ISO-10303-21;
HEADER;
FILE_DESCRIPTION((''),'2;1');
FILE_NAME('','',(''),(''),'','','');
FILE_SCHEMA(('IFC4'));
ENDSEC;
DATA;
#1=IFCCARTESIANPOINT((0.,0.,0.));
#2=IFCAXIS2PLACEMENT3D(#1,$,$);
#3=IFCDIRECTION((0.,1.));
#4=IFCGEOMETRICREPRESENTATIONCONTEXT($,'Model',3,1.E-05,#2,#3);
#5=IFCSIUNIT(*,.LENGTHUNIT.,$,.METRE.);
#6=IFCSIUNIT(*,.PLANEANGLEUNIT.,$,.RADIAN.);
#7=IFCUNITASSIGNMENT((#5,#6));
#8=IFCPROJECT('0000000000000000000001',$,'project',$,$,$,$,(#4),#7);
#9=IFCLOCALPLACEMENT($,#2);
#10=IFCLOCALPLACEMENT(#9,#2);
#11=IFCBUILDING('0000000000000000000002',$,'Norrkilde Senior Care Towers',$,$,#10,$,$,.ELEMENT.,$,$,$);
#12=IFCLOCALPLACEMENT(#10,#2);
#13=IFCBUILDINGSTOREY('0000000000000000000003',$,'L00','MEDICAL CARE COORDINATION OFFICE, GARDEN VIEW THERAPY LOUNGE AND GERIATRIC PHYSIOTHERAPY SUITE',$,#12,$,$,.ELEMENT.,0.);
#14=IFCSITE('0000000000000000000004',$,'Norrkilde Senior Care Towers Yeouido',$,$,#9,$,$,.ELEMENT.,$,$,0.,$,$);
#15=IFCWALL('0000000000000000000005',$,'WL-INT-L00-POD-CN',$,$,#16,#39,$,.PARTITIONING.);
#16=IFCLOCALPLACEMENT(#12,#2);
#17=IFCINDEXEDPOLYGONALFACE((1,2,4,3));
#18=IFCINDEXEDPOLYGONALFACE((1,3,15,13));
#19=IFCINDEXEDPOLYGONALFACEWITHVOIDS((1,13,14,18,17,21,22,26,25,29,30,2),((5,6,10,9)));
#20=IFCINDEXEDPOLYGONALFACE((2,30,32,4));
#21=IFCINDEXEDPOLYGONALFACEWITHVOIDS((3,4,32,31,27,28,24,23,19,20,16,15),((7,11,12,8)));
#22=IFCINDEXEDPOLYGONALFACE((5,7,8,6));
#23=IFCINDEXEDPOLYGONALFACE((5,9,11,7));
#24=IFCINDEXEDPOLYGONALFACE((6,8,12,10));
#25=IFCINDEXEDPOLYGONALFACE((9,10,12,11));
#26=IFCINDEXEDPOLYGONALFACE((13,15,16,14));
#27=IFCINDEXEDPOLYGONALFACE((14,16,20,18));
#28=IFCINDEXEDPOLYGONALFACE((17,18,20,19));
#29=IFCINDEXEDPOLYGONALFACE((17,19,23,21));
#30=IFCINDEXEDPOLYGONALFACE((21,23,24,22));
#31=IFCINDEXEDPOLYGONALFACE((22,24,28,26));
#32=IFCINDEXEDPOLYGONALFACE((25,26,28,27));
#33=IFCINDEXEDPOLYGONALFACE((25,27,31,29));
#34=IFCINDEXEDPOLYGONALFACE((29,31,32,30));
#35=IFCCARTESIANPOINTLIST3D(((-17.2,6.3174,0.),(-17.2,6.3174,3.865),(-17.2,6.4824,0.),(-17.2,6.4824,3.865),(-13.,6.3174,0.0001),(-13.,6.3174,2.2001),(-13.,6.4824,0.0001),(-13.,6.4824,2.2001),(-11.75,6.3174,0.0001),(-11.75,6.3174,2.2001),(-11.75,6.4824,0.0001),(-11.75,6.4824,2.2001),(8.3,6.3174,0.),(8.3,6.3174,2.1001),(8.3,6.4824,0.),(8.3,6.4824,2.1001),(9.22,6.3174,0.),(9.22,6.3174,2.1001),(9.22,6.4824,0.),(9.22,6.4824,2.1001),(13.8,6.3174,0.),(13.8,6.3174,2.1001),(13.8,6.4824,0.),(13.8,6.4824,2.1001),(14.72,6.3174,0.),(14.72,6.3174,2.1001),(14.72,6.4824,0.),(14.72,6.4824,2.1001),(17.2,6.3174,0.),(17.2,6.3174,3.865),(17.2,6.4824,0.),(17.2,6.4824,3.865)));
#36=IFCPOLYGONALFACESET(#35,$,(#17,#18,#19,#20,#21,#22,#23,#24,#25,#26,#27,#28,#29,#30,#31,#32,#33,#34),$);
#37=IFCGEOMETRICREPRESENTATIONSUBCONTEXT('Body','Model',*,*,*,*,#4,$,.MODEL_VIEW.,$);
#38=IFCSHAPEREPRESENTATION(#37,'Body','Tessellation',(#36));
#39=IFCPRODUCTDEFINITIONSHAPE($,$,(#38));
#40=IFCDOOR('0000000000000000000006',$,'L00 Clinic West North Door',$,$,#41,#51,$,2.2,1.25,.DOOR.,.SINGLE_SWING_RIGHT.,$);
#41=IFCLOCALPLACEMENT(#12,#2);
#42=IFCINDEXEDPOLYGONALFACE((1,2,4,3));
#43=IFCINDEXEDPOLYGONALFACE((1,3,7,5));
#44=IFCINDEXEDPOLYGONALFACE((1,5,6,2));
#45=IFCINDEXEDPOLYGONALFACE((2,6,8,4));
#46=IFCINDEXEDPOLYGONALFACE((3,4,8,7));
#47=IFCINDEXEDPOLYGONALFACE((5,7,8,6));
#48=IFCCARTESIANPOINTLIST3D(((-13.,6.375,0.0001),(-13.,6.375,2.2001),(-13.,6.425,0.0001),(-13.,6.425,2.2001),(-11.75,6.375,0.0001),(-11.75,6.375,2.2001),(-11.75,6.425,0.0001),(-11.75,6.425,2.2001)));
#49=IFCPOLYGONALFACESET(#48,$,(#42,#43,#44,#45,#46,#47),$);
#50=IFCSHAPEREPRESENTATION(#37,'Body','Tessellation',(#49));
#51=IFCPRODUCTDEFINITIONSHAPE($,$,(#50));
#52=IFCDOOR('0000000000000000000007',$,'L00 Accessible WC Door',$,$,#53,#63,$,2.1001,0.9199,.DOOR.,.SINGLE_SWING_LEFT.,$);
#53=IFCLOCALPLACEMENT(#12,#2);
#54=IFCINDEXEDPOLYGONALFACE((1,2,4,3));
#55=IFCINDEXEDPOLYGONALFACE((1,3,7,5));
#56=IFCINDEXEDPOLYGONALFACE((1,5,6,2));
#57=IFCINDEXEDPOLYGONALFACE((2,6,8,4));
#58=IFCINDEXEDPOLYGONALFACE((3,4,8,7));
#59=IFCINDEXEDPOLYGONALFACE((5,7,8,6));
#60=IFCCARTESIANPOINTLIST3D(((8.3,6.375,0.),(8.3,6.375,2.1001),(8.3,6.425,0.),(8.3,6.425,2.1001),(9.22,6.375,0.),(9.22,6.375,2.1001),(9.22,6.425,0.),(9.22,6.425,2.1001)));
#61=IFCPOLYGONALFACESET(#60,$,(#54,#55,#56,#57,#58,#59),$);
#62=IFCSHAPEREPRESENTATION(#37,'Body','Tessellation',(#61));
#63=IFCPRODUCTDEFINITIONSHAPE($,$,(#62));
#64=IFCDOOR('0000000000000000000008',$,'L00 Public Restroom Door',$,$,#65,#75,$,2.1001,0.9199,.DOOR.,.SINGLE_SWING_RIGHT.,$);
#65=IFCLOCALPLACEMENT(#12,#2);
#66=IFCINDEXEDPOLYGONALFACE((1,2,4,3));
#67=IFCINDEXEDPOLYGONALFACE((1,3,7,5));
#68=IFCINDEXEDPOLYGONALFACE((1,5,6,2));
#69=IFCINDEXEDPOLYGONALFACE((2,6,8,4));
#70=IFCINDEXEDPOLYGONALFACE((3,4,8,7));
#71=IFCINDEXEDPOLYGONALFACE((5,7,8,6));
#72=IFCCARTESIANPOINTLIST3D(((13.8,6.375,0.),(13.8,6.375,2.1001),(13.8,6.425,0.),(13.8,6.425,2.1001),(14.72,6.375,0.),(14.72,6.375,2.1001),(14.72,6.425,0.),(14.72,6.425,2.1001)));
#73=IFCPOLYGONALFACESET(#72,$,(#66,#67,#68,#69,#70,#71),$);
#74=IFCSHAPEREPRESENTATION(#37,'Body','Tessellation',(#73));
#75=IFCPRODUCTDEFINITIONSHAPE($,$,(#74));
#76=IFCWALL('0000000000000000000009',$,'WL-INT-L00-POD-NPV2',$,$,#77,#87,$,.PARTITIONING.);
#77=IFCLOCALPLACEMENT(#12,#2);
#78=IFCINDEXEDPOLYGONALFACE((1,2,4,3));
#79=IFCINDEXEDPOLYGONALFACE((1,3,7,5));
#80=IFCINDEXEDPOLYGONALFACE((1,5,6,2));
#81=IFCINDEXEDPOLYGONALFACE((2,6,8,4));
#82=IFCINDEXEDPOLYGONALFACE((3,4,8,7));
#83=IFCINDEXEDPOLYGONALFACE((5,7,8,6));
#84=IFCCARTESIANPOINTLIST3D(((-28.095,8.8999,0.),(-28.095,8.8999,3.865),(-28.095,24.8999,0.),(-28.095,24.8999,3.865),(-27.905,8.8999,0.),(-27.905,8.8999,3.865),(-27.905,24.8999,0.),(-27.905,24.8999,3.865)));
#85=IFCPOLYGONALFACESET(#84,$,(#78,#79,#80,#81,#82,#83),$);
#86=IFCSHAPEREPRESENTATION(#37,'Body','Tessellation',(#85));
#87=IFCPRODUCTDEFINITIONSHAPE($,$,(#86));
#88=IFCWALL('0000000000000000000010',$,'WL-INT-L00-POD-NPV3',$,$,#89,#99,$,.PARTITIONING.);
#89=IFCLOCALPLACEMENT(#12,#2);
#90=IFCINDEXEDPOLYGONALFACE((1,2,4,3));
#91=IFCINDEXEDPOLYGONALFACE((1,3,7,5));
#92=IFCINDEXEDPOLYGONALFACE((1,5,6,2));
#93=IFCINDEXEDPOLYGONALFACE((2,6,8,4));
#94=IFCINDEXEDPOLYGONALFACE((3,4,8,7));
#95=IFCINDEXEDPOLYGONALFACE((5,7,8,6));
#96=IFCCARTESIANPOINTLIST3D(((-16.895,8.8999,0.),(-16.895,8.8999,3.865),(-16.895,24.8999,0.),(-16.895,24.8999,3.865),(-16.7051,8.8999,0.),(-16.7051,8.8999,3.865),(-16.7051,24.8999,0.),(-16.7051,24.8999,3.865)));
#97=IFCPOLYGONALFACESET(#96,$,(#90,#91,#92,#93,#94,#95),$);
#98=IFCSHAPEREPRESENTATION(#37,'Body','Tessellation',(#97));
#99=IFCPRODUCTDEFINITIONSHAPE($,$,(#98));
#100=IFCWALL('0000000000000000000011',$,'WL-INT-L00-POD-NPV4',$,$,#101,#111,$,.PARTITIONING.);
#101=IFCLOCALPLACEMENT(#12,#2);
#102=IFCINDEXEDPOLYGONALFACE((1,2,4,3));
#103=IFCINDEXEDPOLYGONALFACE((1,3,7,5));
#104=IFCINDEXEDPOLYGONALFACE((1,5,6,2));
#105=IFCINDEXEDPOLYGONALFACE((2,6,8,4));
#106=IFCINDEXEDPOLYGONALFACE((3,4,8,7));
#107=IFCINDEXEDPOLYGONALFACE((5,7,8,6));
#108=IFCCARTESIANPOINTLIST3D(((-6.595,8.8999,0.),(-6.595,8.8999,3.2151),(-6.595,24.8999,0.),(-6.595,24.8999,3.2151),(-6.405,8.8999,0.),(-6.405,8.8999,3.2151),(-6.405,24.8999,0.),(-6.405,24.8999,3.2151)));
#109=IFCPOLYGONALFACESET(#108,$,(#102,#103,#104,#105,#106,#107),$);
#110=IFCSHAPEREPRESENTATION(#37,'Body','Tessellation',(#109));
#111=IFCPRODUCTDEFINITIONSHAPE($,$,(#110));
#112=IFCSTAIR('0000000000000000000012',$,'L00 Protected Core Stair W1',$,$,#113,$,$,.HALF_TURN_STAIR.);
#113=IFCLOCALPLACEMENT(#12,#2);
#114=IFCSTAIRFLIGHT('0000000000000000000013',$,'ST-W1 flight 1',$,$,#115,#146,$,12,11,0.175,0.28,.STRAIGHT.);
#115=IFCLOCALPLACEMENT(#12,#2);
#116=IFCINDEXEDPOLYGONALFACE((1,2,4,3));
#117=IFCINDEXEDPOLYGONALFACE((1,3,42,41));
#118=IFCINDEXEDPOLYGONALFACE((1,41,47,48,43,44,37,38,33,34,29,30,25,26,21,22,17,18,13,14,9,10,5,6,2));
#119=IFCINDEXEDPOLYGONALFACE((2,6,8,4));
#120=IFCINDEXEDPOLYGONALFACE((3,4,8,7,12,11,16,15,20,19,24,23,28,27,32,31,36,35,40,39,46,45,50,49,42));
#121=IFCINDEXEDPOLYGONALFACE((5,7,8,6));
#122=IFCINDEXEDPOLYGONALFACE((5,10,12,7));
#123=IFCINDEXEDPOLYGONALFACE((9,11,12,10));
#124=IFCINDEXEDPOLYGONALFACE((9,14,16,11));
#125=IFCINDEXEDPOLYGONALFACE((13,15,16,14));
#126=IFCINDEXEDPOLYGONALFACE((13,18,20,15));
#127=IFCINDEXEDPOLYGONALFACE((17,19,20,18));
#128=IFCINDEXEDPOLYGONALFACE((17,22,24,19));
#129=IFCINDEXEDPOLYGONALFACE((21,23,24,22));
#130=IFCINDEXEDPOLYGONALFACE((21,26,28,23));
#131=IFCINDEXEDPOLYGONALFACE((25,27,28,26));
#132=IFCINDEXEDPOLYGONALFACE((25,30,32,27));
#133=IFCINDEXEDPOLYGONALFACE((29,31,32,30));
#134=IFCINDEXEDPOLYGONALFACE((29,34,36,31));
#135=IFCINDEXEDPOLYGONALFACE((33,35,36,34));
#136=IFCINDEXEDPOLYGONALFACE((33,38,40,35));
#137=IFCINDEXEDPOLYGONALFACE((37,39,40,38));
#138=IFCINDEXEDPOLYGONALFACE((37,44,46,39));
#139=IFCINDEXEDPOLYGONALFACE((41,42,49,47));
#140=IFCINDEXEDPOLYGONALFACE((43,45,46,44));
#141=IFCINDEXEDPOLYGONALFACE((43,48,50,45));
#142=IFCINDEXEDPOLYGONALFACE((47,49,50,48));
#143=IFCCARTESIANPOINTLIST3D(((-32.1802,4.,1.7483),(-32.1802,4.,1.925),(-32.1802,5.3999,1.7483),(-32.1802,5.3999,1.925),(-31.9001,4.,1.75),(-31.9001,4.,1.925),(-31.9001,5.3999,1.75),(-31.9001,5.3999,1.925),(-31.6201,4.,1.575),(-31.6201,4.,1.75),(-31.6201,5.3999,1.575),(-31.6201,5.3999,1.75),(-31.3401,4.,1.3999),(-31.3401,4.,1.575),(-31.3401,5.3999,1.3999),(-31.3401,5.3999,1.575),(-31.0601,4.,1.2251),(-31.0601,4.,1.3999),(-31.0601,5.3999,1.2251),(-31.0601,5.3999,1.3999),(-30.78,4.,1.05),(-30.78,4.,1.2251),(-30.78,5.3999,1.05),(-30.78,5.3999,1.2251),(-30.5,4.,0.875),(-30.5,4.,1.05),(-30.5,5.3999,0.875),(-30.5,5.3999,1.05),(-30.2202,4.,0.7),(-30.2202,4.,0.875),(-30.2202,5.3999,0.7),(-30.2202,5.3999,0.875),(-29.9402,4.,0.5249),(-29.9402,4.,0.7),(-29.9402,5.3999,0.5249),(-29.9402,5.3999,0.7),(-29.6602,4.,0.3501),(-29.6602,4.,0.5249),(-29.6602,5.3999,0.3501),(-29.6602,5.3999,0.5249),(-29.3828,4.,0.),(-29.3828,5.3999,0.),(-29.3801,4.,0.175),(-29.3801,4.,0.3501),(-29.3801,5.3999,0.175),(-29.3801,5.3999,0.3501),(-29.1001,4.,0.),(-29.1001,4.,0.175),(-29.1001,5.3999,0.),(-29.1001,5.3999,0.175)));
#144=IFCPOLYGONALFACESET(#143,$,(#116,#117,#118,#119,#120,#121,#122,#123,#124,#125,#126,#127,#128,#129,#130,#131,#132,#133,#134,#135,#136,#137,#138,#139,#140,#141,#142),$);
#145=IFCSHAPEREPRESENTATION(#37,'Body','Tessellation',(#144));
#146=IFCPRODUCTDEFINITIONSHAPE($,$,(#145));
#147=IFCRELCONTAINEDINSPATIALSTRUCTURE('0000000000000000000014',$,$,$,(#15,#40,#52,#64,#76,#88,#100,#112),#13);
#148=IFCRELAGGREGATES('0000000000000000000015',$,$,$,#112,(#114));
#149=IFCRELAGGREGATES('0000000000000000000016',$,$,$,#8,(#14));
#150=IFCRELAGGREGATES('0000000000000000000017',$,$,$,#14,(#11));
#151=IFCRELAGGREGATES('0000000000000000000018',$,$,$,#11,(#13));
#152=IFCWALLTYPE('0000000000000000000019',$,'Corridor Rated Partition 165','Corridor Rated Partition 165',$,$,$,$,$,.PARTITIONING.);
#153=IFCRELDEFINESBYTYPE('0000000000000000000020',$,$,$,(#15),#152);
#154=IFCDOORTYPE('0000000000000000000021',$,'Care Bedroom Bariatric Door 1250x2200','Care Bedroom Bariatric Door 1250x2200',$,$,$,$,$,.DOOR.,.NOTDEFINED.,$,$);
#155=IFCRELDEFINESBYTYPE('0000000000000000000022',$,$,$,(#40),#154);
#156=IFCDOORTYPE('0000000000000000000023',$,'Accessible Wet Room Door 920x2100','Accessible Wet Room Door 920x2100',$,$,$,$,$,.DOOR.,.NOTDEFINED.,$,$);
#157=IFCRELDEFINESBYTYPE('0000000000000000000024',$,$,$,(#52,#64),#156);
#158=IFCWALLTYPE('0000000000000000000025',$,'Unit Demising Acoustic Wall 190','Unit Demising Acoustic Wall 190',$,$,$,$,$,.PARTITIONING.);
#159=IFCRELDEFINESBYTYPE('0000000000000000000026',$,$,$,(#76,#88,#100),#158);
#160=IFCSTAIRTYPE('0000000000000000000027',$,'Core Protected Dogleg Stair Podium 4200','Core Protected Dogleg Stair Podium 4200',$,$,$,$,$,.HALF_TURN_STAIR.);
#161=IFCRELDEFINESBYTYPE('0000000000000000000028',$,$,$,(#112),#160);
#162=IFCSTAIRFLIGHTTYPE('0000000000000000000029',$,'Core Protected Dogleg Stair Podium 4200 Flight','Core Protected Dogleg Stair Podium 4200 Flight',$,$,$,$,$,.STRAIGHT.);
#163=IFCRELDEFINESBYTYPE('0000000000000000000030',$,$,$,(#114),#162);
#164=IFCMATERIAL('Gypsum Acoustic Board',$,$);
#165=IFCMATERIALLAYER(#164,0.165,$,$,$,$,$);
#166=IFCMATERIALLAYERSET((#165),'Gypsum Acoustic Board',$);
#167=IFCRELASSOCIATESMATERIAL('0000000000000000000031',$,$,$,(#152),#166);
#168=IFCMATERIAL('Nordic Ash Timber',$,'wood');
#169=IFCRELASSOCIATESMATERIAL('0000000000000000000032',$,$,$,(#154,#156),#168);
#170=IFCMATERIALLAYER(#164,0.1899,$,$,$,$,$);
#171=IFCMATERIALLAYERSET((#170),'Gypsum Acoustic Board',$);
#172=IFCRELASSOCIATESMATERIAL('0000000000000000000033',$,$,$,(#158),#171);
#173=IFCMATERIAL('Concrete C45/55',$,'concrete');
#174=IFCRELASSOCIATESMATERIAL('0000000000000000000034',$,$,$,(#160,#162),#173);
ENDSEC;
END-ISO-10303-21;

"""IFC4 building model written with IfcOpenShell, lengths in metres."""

from ifc_helpers import new_model, si_unit, direction, frame, frame_2d, origin, place, context, subcontext, project, spatial, polyline, rectangle, outline, extrude, source, transform, mapped, material, layer, layer_set, type_object, type_shapes, element, fill, aggregate, save


model = new_model("IFC4")

# Units and contexts
model_context = context("Model", 3, precision=1e-05, world=origin(), true_north=direction((0.0, 1.0)))
body_context = subcontext(model_context, "Body", "Model", "MODEL_VIEW")
ifc_project = project(units=[si_unit("LENGTHUNIT", "METRE"), si_unit("PLANEANGLEUNIT", "RADIAN")], contexts=[model_context])

# Site, building, storey
site_placement = place(None, origin())
site = spatial("IfcSite", under=ifc_project, at=site_placement, Name="Norrkilde Senior Care Towers Yeouido", CompositionType="ELEMENT", RefElevation=0.0)
building_placement = place(site_placement, origin())
building = spatial("IfcBuilding", under=site, at=building_placement, Name="Norrkilde Senior Care Towers", CompositionType="ELEMENT")
storey_placement = place(building_placement, origin())
storey = spatial("IfcBuildingStorey", under=building, at=storey_placement, Name="L00", Description="MEDICAL CARE COORDINATION OFFICE, GARDEN VIEW THERAPY LOUNGE AND GERIATRIC PHYSIOTHERAPY SUITE", CompositionType="ELEMENT", Elevation=0.0)

# Shared definitions
ifc_material_1 = material(Name="Concrete C45/55", Category="concrete")

# Wall, openings, doors
ifc_material_2 = material(Name="Gypsum Acoustic Board")
ifc_layer_1 = layer(ifc_material_2, 0.165)
ifc_layer_set_1 = layer_set([ifc_layer_1], Name="Gypsum Acoustic Board")
wall_type_1 = type_object("IfcWallType", Name="Corridor Rated Partition 165", Description="Corridor Rated Partition 165", PredefinedType="PARTITIONING", material=ifc_layer_set_1)
shared_shape_1 = source(origin(), body_context, "Body", "SweptSolid", [
    extrude(rectangle(XDim=34.3999, YDim=0.165, at=frame_2d((17.2, 0.0))), origin(), (0.0, 0.0, 1.0), 3.865),
])
type_shapes(wall_type_1, [shared_shape_1])
wall_1_placement = place(storey_placement, frame((-17.2, 6.3999, 0.0), z_axis=(0.0, 0.0, 1.0), x_axis=(1.0, 0.0, 0.0)))
wall_1 = element("IfcWall", 1, at=wall_1_placement, inside=storey, type_object=wall_type_1, Name="WL-INT-L00-POD-CN", PredefinedType="PARTITIONING", context=body_context, shape_type="MappedRepresentation", body=[
    mapped(shared_shape_1, transform((0.0, 0.0, 0.0), x_axis=(1.0, 0.0, 0.0), y_axis=(0.0, 1.0, 0.0), z_axis=(0.0, 0.0, 1.0), scale=1.0)),
])
opening_1_placement = place(wall_1_placement, frame((4.2, 0.0, 0.0)))
opening_1 = element("IfcOpeningElement", 2, at=opening_1_placement, cuts=wall_1, PredefinedType="OPENING", context=body_context, shape_type="SweptSolid", body=[
    extrude(rectangle(XDim=1.25, YDim=2.2, at=frame_2d((0.625, 1.1001))), frame((0.0, 0.0925, 0.0), z_axis=(0.0, -1.0, 0.0), x_axis=(1.0, 0.0, 0.0)), (0.0, 0.0, 1.0), 0.1851),
])
opening_2_placement = place(wall_1_placement, frame((25.5, 0.0, 0.0)))
opening_2 = element("IfcOpeningElement", 3, at=opening_2_placement, cuts=wall_1, PredefinedType="OPENING", context=body_context, shape_type="SweptSolid", body=[
    extrude(rectangle(XDim=0.9199, YDim=2.1001, at=frame_2d((0.46, 1.05))), frame((0.0, 0.0925, 0.0), z_axis=(0.0, -1.0, 0.0), x_axis=(1.0, 0.0, 0.0)), (0.0, 0.0, 1.0), 0.1851),
])
opening_3_placement = place(wall_1_placement, frame((31.0, 0.0, 0.0)))
opening_3 = element("IfcOpeningElement", 4, at=opening_3_placement, cuts=wall_1, PredefinedType="OPENING", context=body_context, shape_type="SweptSolid", body=[
    extrude(rectangle(XDim=0.9199, YDim=2.1001, at=frame_2d((0.46, 1.05))), frame((0.0, 0.0925, 0.0), z_axis=(0.0, -1.0, 0.0), x_axis=(1.0, 0.0, 0.0)), (0.0, 0.0, 1.0), 0.1851),
])
ifc_material_3 = material(Name="Nordic Ash Timber", Category="wood")
door_type_1 = type_object("IfcDoorType", Name="Care Bedroom Bariatric Door 1250x2200", Description="Care Bedroom Bariatric Door 1250x2200", OperationType="NOTDEFINED", PredefinedType="DOOR", material=ifc_material_3)
shared_shape_2 = source(origin(), body_context, "Body", "SweptSolid", [
    extrude(rectangle(XDim=1.25, YDim=2.2, at=frame_2d((0.625, 1.1001))), frame((0.0, 0.0249, 0.0), z_axis=(0.0, -1.0, 0.0), x_axis=(1.0, 0.0, 0.0)), (0.0, 0.0, 1.0), 0.05),
])
type_shapes(door_type_1, [shared_shape_2])
door_1_placement = place(opening_1_placement, frame((1.25, 0.0, 0.0), z_axis=(0.0, 0.0, 1.0), x_axis=(-1.0, 0.0, 0.0)))
door_1 = element("IfcDoor", 5, at=door_1_placement, inside=storey, type_object=door_type_1, Name="L00 Clinic West North Door", OperationType="SINGLE_SWING_RIGHT", OverallHeight=2.2, OverallWidth=1.25, PredefinedType="DOOR", context=body_context, shape_type="MappedRepresentation", body=[
    mapped(shared_shape_2, transform((0.0, 0.0, 0.0), x_axis=(1.0, 0.0, 0.0), y_axis=(0.0, 1.0, 0.0), z_axis=(0.0, 0.0, 1.0), scale=1.0)),
])
fill(opening_1, door_1)
door_type_2 = type_object("IfcDoorType", Name="Accessible Wet Room Door 920x2100", Description="Accessible Wet Room Door 920x2100", OperationType="NOTDEFINED", PredefinedType="DOOR", material=ifc_material_3)
shared_shape_3 = source(origin(), body_context, "Body", "SweptSolid", [
    extrude(rectangle(XDim=0.9199, YDim=2.1001, at=frame_2d((0.46, 1.05))), frame((0.0, 0.0249, 0.0), z_axis=(0.0, -1.0, 0.0), x_axis=(1.0, 0.0, 0.0)), (0.0, 0.0, 1.0), 0.05),
])
type_shapes(door_type_2, [shared_shape_3])
door_2_placement = place(opening_2_placement, frame((0.9199, 0.0, 0.0), z_axis=(0.0, 0.0, 1.0), x_axis=(-1.0, 0.0, 0.0)))
door_2 = element("IfcDoor", 6, at=door_2_placement, inside=storey, type_object=door_type_2, Name="L00 Accessible WC Door", OperationType="SINGLE_SWING_LEFT", OverallHeight=2.1001, OverallWidth=0.9199, PredefinedType="DOOR", context=body_context, shape_type="MappedRepresentation", body=[
    mapped(shared_shape_3, transform((0.0, 0.0, 0.0), x_axis=(1.0, 0.0, 0.0), y_axis=(0.0, 1.0, 0.0), z_axis=(0.0, 0.0, 1.0), scale=1.0)),
])
fill(opening_2, door_2)
door_3_placement = place(opening_3_placement, frame((0.9199, 0.0, 0.0), z_axis=(0.0, 0.0, 1.0), x_axis=(-1.0, 0.0, 0.0)))
door_3 = element("IfcDoor", 7, at=door_3_placement, inside=storey, type_object=door_type_2, Name="L00 Public Restroom Door", OperationType="SINGLE_SWING_RIGHT", OverallHeight=2.1001, OverallWidth=0.9199, PredefinedType="DOOR", context=body_context, shape_type="MappedRepresentation", body=[
    mapped(shared_shape_3, transform((0.0, 0.0, 0.0), x_axis=(1.0, 0.0, 0.0), y_axis=(0.0, 1.0, 0.0), z_axis=(0.0, 0.0, 1.0), scale=1.0)),
])
fill(opening_3, door_3)

# Walls
ifc_layer_2 = layer(ifc_material_2, 0.1899)
ifc_layer_set_2 = layer_set([ifc_layer_2], Name="Gypsum Acoustic Board")
wall_type_2 = type_object("IfcWallType", Name="Unit Demising Acoustic Wall 190", Description="Unit Demising Acoustic Wall 190", PredefinedType="PARTITIONING", material=ifc_layer_set_2)
shared_shape_4 = source(origin(), body_context, "Body", "SweptSolid", [
    extrude(rectangle(XDim=16.0, YDim=0.1899, at=frame_2d((8.0, 0.0))), origin(), (0.0, 0.0, 1.0), 3.865),
])
for number, where, z_axis, x_axis, name in (
    (8, (-28.0, 8.8999, 0.0), (0.0, 0.0, 1.0), (0.0, 1.0, 0.0), "WL-INT-L00-POD-NPV2"),
    (9, (-16.8, 8.8999, 0.0), (0.0, 0.0, 1.0), (0.0, 1.0, 0.0), "WL-INT-L00-POD-NPV3"),
):
    element("IfcWall", number, at=place(storey_placement, frame(where, z_axis=z_axis, x_axis=x_axis)), inside=storey, type_object=wall_type_2, Name=name, PredefinedType="PARTITIONING", context=body_context, shape_type="MappedRepresentation", body=[
        mapped(shared_shape_4, transform((0.0, 0.0, 0.0), x_axis=(1.0, 0.0, 0.0), y_axis=(0.0, 1.0, 0.0), z_axis=(0.0, 0.0, 1.0), scale=1.0)),
    ])
shared_shape_5 = source(origin(), body_context, "Body", "SweptSolid", [
    extrude(rectangle(XDim=16.0, YDim=0.1899, at=frame_2d((8.0, 0.0))), origin(), (0.0, 0.0, 1.0), 3.2151),
])
type_shapes(wall_type_2, [shared_shape_4, shared_shape_5])
wall_2_placement = place(storey_placement, frame((-6.5, 8.8999, 0.0), z_axis=(0.0, 0.0, 1.0), x_axis=(0.0, 1.0, 0.0)))
element("IfcWall", 10, at=wall_2_placement, inside=storey, type_object=wall_type_2, Name="WL-INT-L00-POD-NPV4", PredefinedType="PARTITIONING", context=body_context, shape_type="MappedRepresentation", body=[
    mapped(shared_shape_5, transform((0.0, 0.0, 0.0), x_axis=(1.0, 0.0, 0.0), y_axis=(0.0, 1.0, 0.0), z_axis=(0.0, 0.0, 1.0), scale=1.0)),
])

# Stair, stair flight
stair_type = type_object("IfcStairType", Name="Core Protected Dogleg Stair Podium 4200", Description="Core Protected Dogleg Stair Podium 4200", PredefinedType="HALF_TURN_STAIR", material=ifc_material_1)
stair_placement = place(storey_placement, origin())
stair = element("IfcStair", 11, at=stair_placement, inside=storey, type_object=stair_type, Name="L00 Protected Core Stair W1", PredefinedType="HALF_TURN_STAIR")
stair_flight_type = type_object("IfcStairFlightType", Name="Core Protected Dogleg Stair Podium 4200 Flight", Description="Core Protected Dogleg Stair Podium 4200 Flight", PredefinedType="STRAIGHT", material=ifc_material_1)
stair_flight_placement = place(storey_placement, frame((-29.1001, 4.7, 0.0), z_axis=(0.0, 0.0, 1.0), x_axis=(-1.0, 0.0, 0.0)))
stair_flight = element("IfcStairFlight", 12, at=stair_flight_placement, type_object=stair_flight_type, Name="ST-W1 flight 1", NumberOfRisers=12, NumberOfTreads=11, PredefinedType="STRAIGHT", RiserHeight=0.175, TreadLength=0.28, context=body_context, shape_type="SweptSolid", body=[
    extrude(outline(polyline([(0.0, 0.0), (0.0, 0.175), (0.28, 0.175), (0.28, 0.3501), (0.5601, 0.3501), (0.5601, 0.5249), (0.8401, 0.5249), (0.8401, 0.7), (1.1201, 0.7), (1.1201, 0.875), (1.3999, 0.875), (1.3999, 1.05), (1.6799, 1.05), (1.6799, 1.2251), (1.96, 1.2251), (1.96, 1.3999), (2.24, 1.3999), (2.24, 1.575), (2.52, 1.575), (2.52, 1.75), (2.8, 1.75), (2.8, 1.925), (3.0801, 1.925), (3.0801, 2.1001), (3.0801, 1.7483), (0.2827, 0.0), (0.0, 0.0)])), frame((0.0, 0.7, 0.0), z_axis=(0.0, -1.0, 0.0), x_axis=(1.0, 0.0, 0.0)), (0.0, 0.0, 1.0), 1.3999),
])
aggregate(stair, [stair_flight])

save(model, "model.ifc")
